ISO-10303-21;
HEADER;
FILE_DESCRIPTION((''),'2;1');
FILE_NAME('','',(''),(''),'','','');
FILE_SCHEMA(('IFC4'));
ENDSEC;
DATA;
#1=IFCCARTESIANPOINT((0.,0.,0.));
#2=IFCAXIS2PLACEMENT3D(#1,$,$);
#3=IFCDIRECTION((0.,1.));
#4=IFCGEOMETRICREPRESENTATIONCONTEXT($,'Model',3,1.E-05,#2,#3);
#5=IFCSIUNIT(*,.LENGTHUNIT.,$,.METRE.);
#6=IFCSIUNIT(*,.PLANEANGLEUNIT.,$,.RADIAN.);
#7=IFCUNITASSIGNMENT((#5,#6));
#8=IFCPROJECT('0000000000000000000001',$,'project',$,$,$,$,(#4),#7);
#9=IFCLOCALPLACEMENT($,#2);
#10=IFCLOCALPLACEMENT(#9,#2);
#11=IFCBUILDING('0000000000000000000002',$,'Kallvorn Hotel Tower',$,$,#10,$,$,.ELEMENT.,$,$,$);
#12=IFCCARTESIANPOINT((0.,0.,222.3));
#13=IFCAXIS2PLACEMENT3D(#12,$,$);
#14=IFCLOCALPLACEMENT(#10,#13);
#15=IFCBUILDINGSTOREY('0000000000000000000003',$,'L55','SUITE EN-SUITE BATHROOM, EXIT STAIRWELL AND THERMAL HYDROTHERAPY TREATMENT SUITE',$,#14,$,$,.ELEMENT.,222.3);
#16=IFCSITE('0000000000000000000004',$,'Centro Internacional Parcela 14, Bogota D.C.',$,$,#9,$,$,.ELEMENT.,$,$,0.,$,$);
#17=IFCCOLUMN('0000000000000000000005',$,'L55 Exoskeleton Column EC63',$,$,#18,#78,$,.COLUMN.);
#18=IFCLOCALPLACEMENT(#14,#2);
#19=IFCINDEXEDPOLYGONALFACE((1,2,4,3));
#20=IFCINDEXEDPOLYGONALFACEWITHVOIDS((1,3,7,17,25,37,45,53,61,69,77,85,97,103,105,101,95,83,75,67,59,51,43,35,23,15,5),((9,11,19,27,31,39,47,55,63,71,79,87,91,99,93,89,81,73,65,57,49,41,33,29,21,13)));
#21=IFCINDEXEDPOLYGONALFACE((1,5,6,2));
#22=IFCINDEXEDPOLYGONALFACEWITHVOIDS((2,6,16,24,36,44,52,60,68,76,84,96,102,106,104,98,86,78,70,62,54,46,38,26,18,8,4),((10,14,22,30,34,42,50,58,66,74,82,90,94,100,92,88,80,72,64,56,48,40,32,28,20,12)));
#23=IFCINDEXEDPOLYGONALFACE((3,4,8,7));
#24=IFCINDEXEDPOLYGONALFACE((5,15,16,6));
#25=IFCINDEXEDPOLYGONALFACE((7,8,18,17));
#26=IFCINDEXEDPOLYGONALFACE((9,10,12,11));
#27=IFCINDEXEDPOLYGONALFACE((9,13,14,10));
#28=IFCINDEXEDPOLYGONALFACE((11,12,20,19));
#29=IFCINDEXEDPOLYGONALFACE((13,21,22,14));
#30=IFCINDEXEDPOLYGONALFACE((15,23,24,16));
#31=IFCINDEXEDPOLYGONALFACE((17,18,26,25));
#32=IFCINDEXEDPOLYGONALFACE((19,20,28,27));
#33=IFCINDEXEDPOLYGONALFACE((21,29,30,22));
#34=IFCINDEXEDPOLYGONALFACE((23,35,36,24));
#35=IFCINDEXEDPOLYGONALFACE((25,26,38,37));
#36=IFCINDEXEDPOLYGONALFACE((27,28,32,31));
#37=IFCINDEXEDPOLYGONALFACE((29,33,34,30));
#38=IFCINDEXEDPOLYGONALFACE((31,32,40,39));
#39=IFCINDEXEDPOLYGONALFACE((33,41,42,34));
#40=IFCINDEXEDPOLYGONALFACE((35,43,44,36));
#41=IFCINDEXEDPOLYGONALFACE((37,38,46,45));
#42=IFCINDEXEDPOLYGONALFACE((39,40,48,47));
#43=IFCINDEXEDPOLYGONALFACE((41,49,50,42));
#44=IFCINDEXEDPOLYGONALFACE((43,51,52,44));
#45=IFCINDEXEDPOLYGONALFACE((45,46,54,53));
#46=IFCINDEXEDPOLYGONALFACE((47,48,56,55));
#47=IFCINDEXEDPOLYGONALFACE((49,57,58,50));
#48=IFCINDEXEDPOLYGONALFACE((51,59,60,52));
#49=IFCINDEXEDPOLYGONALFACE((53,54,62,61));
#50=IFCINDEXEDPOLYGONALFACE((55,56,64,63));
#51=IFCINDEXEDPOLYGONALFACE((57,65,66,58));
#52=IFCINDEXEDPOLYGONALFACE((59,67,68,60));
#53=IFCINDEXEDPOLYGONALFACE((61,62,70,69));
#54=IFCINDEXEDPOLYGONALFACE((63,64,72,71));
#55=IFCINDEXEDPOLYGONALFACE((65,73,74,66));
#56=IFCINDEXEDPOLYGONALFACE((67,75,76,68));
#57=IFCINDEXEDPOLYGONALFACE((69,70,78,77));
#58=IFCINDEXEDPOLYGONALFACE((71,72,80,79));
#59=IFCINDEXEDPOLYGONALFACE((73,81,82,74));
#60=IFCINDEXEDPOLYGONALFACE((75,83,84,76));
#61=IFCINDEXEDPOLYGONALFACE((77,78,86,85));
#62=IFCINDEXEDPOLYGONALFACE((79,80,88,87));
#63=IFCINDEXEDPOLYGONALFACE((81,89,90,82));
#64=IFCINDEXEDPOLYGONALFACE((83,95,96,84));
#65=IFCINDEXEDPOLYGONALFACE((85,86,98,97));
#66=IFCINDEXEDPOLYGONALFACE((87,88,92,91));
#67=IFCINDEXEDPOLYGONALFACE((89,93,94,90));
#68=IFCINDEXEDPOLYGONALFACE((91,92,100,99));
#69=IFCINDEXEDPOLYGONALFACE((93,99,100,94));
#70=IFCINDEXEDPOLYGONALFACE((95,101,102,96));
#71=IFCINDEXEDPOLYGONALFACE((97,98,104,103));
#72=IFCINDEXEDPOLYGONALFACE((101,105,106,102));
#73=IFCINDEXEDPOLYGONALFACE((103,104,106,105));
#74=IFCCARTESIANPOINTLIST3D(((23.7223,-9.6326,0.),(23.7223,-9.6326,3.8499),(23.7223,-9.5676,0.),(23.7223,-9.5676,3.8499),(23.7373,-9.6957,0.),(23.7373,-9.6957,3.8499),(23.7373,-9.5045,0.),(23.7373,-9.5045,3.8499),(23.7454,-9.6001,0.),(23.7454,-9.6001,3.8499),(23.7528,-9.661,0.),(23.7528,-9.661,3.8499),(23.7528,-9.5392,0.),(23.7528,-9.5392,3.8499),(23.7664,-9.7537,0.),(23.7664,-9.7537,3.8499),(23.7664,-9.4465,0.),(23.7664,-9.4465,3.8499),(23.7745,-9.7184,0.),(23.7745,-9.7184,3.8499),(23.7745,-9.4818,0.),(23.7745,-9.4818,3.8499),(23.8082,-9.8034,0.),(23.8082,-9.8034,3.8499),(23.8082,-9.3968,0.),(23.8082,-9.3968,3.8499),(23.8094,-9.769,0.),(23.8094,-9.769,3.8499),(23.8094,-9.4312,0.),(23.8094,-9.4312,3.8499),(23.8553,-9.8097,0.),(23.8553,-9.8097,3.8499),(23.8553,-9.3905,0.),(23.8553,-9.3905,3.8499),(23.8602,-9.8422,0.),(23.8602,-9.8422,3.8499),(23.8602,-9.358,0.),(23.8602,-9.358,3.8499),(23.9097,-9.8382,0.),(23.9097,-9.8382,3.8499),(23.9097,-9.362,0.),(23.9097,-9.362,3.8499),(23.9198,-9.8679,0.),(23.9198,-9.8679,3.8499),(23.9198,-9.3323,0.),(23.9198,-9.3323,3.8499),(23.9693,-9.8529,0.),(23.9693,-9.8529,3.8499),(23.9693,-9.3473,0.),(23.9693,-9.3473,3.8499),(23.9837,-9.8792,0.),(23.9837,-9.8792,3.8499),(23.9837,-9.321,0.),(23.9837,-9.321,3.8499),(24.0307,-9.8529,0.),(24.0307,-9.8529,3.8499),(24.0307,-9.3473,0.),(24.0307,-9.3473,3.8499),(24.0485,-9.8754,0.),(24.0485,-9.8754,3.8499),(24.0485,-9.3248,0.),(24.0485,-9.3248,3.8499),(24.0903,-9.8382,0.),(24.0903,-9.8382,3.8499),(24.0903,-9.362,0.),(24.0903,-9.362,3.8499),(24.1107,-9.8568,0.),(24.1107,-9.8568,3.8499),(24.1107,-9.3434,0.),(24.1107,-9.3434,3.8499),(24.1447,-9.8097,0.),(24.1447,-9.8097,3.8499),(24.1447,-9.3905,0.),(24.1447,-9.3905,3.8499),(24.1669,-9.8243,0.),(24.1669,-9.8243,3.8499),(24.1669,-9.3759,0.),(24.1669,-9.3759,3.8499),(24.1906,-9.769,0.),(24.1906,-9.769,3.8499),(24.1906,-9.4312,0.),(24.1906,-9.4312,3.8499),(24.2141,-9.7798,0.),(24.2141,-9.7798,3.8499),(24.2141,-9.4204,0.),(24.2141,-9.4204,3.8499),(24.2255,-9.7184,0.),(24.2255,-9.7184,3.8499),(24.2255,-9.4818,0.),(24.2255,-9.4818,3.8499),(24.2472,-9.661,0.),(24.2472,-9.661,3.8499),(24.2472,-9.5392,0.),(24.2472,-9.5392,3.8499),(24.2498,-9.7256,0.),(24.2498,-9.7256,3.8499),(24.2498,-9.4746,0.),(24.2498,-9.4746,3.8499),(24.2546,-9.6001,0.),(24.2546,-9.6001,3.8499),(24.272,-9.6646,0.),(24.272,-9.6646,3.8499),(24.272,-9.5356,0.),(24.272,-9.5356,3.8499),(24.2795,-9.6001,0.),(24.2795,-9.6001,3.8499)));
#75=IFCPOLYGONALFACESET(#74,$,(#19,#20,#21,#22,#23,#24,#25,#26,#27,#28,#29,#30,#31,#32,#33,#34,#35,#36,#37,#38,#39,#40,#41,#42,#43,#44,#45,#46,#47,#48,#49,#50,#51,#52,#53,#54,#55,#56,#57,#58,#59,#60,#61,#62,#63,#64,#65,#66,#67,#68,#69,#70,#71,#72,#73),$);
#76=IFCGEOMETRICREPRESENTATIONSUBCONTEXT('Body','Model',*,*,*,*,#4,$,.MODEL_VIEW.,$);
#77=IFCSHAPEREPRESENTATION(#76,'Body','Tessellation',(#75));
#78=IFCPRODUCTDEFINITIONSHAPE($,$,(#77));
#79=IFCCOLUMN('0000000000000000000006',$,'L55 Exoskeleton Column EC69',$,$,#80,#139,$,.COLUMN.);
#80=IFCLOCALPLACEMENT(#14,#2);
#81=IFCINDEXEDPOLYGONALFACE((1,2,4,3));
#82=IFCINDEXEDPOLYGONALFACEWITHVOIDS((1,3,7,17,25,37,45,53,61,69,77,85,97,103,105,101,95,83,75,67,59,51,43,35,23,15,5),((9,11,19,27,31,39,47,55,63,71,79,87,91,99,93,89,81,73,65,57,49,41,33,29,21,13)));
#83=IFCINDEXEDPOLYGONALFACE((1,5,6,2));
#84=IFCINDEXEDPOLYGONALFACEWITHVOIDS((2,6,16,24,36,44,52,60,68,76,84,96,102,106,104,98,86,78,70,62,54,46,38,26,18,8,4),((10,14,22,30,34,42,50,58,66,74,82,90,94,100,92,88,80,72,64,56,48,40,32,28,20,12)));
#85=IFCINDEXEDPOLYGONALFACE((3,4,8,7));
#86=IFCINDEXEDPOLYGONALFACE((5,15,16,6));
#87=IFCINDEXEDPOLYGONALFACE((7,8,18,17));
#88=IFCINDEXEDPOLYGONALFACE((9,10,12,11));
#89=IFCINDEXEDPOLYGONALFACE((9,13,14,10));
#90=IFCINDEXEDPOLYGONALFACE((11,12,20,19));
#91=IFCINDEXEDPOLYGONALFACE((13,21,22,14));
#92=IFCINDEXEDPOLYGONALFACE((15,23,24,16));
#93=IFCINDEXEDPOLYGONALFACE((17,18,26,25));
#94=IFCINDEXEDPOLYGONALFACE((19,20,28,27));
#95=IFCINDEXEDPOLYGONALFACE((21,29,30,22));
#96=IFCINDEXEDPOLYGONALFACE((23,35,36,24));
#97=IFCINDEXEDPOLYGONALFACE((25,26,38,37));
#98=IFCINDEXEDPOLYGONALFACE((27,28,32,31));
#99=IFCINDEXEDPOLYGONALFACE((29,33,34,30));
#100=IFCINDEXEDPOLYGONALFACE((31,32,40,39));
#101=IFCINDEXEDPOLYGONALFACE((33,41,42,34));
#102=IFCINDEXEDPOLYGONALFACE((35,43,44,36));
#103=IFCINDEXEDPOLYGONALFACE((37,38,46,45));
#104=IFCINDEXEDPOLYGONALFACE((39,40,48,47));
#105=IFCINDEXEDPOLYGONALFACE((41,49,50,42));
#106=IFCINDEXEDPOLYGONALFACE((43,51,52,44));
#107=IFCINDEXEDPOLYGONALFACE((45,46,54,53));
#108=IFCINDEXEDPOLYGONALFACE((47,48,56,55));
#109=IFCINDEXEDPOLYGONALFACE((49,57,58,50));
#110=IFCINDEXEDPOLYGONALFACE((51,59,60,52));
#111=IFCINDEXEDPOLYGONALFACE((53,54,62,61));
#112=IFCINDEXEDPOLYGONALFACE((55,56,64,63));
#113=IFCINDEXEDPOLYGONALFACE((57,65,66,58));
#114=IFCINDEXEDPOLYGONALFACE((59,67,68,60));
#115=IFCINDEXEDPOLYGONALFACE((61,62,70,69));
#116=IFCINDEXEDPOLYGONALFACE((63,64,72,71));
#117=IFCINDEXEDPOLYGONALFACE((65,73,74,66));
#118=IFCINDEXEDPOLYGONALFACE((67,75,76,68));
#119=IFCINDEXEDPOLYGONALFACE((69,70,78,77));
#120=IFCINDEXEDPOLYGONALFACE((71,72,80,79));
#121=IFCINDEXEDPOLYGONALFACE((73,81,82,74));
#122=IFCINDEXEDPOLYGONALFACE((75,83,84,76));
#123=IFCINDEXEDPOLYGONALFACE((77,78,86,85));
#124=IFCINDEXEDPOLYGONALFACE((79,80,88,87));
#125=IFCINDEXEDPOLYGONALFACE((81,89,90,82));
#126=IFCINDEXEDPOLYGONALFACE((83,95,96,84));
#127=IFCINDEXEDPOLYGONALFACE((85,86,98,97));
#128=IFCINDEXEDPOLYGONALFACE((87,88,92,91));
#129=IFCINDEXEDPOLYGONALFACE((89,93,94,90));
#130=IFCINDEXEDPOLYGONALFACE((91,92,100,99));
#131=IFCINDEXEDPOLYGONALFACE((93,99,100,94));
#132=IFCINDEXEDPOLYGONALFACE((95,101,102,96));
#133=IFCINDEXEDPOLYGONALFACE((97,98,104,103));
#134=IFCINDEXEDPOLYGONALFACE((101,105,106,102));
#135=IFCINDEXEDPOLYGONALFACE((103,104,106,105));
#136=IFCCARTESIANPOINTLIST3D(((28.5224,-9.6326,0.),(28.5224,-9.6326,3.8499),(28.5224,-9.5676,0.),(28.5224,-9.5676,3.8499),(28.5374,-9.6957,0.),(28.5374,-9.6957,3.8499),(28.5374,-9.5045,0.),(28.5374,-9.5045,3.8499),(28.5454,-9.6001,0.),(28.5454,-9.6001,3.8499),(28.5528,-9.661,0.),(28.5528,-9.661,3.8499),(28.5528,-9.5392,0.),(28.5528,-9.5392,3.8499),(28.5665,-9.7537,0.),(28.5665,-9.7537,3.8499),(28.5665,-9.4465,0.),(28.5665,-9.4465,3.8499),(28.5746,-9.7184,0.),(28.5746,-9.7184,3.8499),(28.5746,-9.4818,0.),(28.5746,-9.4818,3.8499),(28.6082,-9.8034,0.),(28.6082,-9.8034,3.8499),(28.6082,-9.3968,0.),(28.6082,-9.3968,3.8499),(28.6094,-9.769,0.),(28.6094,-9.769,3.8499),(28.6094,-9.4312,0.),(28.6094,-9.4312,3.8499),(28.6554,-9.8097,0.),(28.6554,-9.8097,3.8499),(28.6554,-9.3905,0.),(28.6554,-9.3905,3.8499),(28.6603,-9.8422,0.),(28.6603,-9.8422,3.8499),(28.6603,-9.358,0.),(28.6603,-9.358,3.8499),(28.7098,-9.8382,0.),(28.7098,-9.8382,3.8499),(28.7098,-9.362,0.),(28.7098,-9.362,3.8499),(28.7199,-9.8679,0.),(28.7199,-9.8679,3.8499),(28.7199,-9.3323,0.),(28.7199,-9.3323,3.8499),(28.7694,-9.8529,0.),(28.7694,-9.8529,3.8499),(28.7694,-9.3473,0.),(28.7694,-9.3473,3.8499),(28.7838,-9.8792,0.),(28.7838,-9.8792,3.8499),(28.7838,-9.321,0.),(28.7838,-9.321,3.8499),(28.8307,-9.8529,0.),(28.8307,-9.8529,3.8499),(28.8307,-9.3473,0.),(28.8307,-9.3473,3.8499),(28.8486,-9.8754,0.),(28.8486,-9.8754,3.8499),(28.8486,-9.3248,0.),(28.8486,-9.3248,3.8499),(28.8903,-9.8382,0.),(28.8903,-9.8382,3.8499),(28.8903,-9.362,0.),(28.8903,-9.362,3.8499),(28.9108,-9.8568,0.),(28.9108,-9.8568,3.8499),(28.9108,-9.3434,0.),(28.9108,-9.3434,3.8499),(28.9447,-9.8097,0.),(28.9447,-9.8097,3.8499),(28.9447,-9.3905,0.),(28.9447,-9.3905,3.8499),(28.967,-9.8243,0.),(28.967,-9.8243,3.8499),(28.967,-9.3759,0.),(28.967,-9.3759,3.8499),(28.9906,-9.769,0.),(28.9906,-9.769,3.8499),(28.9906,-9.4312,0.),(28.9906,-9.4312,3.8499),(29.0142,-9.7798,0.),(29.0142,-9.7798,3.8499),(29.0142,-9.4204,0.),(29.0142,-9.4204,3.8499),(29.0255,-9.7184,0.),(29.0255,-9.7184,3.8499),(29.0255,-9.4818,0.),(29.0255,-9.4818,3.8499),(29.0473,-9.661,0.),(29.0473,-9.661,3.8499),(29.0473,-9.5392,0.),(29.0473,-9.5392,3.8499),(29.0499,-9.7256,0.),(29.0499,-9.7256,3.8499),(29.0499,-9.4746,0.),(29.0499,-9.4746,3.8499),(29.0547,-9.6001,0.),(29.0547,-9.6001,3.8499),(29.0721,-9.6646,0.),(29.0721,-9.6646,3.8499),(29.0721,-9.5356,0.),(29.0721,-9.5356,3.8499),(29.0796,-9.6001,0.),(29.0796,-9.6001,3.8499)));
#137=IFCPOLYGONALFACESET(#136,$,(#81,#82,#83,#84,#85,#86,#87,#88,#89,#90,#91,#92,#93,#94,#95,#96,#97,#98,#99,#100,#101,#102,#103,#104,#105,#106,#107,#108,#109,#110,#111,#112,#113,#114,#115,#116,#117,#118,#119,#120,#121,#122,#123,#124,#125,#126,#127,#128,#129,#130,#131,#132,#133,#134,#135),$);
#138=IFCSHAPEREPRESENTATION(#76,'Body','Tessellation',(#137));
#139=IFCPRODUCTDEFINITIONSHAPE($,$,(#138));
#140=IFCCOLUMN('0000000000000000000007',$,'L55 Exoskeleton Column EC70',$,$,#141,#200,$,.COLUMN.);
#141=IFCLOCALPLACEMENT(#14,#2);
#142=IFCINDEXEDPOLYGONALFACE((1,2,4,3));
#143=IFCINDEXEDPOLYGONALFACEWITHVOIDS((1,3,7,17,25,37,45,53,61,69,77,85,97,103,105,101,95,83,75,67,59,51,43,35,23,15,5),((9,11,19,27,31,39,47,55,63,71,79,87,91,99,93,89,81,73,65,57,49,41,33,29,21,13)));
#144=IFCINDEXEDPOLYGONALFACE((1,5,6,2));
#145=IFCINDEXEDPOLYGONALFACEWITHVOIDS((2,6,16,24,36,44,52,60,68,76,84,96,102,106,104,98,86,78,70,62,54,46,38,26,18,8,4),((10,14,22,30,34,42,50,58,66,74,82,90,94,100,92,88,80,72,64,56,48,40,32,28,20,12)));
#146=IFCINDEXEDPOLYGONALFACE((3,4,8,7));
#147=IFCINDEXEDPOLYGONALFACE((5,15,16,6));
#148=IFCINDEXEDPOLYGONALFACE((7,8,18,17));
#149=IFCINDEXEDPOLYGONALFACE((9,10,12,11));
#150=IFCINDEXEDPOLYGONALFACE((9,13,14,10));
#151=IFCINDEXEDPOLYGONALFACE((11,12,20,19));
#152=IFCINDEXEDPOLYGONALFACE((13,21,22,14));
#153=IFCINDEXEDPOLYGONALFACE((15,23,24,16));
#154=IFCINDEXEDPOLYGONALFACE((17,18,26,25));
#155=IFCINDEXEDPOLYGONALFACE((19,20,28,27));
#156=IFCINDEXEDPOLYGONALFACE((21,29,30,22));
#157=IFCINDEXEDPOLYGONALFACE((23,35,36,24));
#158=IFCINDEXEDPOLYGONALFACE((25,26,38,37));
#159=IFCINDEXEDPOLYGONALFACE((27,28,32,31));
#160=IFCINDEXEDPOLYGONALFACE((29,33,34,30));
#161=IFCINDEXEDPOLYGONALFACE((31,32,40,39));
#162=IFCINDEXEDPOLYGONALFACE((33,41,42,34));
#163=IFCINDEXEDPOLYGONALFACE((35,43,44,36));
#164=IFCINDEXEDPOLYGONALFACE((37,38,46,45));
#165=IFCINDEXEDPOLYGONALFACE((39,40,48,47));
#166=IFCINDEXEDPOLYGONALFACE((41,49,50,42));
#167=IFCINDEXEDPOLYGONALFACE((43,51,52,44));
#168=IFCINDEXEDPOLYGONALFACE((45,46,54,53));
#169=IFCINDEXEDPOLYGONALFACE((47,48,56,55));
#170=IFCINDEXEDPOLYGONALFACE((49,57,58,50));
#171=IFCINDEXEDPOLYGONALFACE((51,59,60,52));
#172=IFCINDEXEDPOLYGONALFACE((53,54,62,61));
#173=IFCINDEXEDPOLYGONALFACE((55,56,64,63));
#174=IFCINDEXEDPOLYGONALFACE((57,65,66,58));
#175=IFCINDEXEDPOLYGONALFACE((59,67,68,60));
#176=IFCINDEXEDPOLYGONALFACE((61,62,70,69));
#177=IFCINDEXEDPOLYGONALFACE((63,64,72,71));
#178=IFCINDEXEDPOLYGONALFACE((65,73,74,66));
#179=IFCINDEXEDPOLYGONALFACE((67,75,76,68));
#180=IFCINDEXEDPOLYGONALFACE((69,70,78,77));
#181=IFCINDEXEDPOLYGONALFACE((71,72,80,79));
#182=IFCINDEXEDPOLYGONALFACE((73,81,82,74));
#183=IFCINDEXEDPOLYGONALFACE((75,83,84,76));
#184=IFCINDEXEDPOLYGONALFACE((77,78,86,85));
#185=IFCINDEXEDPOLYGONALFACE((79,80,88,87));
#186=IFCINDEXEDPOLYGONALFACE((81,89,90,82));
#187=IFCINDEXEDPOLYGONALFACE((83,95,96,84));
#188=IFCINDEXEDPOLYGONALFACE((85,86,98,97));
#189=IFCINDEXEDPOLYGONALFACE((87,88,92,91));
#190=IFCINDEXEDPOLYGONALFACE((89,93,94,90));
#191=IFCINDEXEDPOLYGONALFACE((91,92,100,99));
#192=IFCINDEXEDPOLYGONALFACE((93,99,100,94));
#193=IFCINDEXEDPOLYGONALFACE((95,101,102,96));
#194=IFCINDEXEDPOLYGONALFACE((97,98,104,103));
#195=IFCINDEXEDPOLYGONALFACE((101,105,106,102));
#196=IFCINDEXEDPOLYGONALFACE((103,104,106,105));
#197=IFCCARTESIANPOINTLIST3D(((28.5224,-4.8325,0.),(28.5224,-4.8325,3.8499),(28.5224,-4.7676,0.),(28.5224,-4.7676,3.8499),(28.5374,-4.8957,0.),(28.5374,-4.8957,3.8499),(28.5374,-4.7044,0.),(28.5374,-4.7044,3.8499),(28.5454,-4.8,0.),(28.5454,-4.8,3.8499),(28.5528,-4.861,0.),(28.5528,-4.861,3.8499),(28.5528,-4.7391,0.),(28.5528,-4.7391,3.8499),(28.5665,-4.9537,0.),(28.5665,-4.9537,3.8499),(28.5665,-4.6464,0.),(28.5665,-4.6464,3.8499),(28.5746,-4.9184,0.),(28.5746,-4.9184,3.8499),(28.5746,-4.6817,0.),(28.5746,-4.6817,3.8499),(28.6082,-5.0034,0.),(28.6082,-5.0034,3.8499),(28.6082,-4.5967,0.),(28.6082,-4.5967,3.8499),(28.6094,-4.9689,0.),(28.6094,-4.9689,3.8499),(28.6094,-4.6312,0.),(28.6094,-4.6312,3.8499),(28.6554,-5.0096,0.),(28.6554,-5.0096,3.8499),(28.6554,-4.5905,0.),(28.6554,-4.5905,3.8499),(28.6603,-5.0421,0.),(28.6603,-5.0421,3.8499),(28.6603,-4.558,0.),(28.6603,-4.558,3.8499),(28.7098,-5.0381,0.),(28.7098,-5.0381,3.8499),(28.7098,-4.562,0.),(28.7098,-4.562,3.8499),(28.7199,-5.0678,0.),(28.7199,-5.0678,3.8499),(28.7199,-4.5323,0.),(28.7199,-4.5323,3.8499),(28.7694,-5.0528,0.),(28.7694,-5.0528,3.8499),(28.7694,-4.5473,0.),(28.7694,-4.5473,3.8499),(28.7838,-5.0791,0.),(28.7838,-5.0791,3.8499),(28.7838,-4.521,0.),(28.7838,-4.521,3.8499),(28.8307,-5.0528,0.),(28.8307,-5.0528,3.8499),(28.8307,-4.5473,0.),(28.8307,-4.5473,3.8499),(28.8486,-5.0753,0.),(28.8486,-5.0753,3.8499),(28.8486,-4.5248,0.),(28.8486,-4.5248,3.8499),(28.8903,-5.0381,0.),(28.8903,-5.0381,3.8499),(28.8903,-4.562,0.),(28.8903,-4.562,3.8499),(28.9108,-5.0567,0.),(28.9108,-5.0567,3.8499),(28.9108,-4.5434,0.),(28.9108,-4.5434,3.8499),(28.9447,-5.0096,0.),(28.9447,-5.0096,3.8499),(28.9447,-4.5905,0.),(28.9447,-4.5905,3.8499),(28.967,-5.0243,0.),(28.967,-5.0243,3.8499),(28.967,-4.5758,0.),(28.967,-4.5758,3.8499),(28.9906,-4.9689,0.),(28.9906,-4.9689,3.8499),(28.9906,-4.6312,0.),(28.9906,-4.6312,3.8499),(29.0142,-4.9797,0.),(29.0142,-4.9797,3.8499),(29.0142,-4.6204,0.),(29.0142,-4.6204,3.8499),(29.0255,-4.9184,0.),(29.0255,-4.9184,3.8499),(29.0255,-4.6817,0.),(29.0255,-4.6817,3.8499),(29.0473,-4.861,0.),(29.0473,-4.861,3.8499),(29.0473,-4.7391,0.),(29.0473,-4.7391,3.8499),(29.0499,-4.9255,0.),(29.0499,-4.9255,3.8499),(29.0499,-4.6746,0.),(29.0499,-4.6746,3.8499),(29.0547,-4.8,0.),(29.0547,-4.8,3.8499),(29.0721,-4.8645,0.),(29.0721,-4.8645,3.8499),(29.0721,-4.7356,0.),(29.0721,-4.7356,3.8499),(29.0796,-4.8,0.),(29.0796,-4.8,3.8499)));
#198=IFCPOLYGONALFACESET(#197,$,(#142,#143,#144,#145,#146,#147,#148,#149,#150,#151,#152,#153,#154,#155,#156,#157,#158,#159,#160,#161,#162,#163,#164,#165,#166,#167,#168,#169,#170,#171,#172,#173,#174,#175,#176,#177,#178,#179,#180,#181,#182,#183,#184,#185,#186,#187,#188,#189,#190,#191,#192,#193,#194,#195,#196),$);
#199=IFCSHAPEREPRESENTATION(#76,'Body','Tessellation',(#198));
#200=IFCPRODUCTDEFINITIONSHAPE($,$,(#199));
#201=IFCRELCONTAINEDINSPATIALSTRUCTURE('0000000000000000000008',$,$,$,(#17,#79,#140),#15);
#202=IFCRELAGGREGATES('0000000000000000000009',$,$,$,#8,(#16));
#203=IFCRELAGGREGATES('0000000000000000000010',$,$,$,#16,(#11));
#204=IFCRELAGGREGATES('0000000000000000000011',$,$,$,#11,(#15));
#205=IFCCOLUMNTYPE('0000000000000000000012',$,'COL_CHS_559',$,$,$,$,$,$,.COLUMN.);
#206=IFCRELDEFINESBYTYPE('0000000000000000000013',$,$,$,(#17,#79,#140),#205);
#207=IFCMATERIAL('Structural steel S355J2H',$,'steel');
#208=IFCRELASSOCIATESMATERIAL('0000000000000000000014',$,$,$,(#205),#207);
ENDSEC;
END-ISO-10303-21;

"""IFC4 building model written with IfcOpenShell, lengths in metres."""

from ifc_helpers import new_model, si_unit, direction, frame, origin, origin_2d, place, context, subcontext, project, spatial, hollow_circle, extrude, material, material_profile, profile_set, type_object, element, save


model = new_model("IFC4")

# Units and contexts
model_context = context("Model", 3, precision=1e-05, world=origin(), true_north=direction((0.0, 1.0)))
body_context = subcontext(model_context, "Body", "Model", "MODEL_VIEW")
ifc_project = project(units=[si_unit("LENGTHUNIT", "METRE"), si_unit("PLANEANGLEUNIT", "RADIAN")], contexts=[model_context])

# Site, building, storey
site_placement = place(None, origin())
site = spatial("IfcSite", under=ifc_project, at=site_placement, Name="Centro Internacional Parcela 14, Bogota D.C.", CompositionType="ELEMENT", RefElevation=0.0)
building_placement = place(site_placement, origin())
building = spatial("IfcBuilding", under=site, at=building_placement, Name="Kallvorn Hotel Tower", CompositionType="ELEMENT")
storey_placement = place(building_placement, frame((0.0, 0.0, 222.3)))
storey = spatial("IfcBuildingStorey", under=building, at=storey_placement, Name="L55", Description="SUITE EN-SUITE BATHROOM, EXIT STAIRWELL AND THERMAL HYDROTHERAPY TREATMENT SUITE", CompositionType="ELEMENT", Elevation=222.3)

# Columns
ifc_material_1 = material(Name="Structural steel S355J2H", Category="steel")
ifc_material_profile_1 = material_profile(ifc_material_1, hollow_circle(Radius=0.2795, WallThickness=0.0249, at=origin_2d()), Name="CHS 559x25")
ifc_profile_set_1 = profile_set([ifc_material_profile_1], Name="Structural steel S355J2H")
column_type_1 = type_object("IfcColumnType", Name="COL_CHS_559", PredefinedType="COLUMN", material=ifc_profile_set_1)
for number, where, z_axis, x_axis, name in (
    (1, (24.0, -9.6001, 0.0), (0.0, 0.0, 1.0), (1.0, 0.0, 0.0), "L55 Exoskeleton Column EC63"),
    (2, (28.8, -9.6001, 0.0), (0.0, 0.0, 1.0), (1.0, 0.0, 0.0), "L55 Exoskeleton Column EC69"),
    (3, (28.8, -4.8, 0.0), (0.0, 0.0, 1.0), (1.0, 0.0, 0.0), "L55 Exoskeleton Column EC70"),
):
    element("IfcColumn", number, at=place(storey_placement, frame(where, z_axis=z_axis, x_axis=x_axis)), inside=storey, type_object=column_type_1, Name=name, PredefinedType="COLUMN", context=body_context, shape_type="SweptSolid", body=[
        extrude(hollow_circle(Radius=0.2795, WallThickness=0.0249, at=origin_2d()), origin(), (0.0, 0.0, 1.0), 3.8499),
    ])

save(model, "model.ifc")
